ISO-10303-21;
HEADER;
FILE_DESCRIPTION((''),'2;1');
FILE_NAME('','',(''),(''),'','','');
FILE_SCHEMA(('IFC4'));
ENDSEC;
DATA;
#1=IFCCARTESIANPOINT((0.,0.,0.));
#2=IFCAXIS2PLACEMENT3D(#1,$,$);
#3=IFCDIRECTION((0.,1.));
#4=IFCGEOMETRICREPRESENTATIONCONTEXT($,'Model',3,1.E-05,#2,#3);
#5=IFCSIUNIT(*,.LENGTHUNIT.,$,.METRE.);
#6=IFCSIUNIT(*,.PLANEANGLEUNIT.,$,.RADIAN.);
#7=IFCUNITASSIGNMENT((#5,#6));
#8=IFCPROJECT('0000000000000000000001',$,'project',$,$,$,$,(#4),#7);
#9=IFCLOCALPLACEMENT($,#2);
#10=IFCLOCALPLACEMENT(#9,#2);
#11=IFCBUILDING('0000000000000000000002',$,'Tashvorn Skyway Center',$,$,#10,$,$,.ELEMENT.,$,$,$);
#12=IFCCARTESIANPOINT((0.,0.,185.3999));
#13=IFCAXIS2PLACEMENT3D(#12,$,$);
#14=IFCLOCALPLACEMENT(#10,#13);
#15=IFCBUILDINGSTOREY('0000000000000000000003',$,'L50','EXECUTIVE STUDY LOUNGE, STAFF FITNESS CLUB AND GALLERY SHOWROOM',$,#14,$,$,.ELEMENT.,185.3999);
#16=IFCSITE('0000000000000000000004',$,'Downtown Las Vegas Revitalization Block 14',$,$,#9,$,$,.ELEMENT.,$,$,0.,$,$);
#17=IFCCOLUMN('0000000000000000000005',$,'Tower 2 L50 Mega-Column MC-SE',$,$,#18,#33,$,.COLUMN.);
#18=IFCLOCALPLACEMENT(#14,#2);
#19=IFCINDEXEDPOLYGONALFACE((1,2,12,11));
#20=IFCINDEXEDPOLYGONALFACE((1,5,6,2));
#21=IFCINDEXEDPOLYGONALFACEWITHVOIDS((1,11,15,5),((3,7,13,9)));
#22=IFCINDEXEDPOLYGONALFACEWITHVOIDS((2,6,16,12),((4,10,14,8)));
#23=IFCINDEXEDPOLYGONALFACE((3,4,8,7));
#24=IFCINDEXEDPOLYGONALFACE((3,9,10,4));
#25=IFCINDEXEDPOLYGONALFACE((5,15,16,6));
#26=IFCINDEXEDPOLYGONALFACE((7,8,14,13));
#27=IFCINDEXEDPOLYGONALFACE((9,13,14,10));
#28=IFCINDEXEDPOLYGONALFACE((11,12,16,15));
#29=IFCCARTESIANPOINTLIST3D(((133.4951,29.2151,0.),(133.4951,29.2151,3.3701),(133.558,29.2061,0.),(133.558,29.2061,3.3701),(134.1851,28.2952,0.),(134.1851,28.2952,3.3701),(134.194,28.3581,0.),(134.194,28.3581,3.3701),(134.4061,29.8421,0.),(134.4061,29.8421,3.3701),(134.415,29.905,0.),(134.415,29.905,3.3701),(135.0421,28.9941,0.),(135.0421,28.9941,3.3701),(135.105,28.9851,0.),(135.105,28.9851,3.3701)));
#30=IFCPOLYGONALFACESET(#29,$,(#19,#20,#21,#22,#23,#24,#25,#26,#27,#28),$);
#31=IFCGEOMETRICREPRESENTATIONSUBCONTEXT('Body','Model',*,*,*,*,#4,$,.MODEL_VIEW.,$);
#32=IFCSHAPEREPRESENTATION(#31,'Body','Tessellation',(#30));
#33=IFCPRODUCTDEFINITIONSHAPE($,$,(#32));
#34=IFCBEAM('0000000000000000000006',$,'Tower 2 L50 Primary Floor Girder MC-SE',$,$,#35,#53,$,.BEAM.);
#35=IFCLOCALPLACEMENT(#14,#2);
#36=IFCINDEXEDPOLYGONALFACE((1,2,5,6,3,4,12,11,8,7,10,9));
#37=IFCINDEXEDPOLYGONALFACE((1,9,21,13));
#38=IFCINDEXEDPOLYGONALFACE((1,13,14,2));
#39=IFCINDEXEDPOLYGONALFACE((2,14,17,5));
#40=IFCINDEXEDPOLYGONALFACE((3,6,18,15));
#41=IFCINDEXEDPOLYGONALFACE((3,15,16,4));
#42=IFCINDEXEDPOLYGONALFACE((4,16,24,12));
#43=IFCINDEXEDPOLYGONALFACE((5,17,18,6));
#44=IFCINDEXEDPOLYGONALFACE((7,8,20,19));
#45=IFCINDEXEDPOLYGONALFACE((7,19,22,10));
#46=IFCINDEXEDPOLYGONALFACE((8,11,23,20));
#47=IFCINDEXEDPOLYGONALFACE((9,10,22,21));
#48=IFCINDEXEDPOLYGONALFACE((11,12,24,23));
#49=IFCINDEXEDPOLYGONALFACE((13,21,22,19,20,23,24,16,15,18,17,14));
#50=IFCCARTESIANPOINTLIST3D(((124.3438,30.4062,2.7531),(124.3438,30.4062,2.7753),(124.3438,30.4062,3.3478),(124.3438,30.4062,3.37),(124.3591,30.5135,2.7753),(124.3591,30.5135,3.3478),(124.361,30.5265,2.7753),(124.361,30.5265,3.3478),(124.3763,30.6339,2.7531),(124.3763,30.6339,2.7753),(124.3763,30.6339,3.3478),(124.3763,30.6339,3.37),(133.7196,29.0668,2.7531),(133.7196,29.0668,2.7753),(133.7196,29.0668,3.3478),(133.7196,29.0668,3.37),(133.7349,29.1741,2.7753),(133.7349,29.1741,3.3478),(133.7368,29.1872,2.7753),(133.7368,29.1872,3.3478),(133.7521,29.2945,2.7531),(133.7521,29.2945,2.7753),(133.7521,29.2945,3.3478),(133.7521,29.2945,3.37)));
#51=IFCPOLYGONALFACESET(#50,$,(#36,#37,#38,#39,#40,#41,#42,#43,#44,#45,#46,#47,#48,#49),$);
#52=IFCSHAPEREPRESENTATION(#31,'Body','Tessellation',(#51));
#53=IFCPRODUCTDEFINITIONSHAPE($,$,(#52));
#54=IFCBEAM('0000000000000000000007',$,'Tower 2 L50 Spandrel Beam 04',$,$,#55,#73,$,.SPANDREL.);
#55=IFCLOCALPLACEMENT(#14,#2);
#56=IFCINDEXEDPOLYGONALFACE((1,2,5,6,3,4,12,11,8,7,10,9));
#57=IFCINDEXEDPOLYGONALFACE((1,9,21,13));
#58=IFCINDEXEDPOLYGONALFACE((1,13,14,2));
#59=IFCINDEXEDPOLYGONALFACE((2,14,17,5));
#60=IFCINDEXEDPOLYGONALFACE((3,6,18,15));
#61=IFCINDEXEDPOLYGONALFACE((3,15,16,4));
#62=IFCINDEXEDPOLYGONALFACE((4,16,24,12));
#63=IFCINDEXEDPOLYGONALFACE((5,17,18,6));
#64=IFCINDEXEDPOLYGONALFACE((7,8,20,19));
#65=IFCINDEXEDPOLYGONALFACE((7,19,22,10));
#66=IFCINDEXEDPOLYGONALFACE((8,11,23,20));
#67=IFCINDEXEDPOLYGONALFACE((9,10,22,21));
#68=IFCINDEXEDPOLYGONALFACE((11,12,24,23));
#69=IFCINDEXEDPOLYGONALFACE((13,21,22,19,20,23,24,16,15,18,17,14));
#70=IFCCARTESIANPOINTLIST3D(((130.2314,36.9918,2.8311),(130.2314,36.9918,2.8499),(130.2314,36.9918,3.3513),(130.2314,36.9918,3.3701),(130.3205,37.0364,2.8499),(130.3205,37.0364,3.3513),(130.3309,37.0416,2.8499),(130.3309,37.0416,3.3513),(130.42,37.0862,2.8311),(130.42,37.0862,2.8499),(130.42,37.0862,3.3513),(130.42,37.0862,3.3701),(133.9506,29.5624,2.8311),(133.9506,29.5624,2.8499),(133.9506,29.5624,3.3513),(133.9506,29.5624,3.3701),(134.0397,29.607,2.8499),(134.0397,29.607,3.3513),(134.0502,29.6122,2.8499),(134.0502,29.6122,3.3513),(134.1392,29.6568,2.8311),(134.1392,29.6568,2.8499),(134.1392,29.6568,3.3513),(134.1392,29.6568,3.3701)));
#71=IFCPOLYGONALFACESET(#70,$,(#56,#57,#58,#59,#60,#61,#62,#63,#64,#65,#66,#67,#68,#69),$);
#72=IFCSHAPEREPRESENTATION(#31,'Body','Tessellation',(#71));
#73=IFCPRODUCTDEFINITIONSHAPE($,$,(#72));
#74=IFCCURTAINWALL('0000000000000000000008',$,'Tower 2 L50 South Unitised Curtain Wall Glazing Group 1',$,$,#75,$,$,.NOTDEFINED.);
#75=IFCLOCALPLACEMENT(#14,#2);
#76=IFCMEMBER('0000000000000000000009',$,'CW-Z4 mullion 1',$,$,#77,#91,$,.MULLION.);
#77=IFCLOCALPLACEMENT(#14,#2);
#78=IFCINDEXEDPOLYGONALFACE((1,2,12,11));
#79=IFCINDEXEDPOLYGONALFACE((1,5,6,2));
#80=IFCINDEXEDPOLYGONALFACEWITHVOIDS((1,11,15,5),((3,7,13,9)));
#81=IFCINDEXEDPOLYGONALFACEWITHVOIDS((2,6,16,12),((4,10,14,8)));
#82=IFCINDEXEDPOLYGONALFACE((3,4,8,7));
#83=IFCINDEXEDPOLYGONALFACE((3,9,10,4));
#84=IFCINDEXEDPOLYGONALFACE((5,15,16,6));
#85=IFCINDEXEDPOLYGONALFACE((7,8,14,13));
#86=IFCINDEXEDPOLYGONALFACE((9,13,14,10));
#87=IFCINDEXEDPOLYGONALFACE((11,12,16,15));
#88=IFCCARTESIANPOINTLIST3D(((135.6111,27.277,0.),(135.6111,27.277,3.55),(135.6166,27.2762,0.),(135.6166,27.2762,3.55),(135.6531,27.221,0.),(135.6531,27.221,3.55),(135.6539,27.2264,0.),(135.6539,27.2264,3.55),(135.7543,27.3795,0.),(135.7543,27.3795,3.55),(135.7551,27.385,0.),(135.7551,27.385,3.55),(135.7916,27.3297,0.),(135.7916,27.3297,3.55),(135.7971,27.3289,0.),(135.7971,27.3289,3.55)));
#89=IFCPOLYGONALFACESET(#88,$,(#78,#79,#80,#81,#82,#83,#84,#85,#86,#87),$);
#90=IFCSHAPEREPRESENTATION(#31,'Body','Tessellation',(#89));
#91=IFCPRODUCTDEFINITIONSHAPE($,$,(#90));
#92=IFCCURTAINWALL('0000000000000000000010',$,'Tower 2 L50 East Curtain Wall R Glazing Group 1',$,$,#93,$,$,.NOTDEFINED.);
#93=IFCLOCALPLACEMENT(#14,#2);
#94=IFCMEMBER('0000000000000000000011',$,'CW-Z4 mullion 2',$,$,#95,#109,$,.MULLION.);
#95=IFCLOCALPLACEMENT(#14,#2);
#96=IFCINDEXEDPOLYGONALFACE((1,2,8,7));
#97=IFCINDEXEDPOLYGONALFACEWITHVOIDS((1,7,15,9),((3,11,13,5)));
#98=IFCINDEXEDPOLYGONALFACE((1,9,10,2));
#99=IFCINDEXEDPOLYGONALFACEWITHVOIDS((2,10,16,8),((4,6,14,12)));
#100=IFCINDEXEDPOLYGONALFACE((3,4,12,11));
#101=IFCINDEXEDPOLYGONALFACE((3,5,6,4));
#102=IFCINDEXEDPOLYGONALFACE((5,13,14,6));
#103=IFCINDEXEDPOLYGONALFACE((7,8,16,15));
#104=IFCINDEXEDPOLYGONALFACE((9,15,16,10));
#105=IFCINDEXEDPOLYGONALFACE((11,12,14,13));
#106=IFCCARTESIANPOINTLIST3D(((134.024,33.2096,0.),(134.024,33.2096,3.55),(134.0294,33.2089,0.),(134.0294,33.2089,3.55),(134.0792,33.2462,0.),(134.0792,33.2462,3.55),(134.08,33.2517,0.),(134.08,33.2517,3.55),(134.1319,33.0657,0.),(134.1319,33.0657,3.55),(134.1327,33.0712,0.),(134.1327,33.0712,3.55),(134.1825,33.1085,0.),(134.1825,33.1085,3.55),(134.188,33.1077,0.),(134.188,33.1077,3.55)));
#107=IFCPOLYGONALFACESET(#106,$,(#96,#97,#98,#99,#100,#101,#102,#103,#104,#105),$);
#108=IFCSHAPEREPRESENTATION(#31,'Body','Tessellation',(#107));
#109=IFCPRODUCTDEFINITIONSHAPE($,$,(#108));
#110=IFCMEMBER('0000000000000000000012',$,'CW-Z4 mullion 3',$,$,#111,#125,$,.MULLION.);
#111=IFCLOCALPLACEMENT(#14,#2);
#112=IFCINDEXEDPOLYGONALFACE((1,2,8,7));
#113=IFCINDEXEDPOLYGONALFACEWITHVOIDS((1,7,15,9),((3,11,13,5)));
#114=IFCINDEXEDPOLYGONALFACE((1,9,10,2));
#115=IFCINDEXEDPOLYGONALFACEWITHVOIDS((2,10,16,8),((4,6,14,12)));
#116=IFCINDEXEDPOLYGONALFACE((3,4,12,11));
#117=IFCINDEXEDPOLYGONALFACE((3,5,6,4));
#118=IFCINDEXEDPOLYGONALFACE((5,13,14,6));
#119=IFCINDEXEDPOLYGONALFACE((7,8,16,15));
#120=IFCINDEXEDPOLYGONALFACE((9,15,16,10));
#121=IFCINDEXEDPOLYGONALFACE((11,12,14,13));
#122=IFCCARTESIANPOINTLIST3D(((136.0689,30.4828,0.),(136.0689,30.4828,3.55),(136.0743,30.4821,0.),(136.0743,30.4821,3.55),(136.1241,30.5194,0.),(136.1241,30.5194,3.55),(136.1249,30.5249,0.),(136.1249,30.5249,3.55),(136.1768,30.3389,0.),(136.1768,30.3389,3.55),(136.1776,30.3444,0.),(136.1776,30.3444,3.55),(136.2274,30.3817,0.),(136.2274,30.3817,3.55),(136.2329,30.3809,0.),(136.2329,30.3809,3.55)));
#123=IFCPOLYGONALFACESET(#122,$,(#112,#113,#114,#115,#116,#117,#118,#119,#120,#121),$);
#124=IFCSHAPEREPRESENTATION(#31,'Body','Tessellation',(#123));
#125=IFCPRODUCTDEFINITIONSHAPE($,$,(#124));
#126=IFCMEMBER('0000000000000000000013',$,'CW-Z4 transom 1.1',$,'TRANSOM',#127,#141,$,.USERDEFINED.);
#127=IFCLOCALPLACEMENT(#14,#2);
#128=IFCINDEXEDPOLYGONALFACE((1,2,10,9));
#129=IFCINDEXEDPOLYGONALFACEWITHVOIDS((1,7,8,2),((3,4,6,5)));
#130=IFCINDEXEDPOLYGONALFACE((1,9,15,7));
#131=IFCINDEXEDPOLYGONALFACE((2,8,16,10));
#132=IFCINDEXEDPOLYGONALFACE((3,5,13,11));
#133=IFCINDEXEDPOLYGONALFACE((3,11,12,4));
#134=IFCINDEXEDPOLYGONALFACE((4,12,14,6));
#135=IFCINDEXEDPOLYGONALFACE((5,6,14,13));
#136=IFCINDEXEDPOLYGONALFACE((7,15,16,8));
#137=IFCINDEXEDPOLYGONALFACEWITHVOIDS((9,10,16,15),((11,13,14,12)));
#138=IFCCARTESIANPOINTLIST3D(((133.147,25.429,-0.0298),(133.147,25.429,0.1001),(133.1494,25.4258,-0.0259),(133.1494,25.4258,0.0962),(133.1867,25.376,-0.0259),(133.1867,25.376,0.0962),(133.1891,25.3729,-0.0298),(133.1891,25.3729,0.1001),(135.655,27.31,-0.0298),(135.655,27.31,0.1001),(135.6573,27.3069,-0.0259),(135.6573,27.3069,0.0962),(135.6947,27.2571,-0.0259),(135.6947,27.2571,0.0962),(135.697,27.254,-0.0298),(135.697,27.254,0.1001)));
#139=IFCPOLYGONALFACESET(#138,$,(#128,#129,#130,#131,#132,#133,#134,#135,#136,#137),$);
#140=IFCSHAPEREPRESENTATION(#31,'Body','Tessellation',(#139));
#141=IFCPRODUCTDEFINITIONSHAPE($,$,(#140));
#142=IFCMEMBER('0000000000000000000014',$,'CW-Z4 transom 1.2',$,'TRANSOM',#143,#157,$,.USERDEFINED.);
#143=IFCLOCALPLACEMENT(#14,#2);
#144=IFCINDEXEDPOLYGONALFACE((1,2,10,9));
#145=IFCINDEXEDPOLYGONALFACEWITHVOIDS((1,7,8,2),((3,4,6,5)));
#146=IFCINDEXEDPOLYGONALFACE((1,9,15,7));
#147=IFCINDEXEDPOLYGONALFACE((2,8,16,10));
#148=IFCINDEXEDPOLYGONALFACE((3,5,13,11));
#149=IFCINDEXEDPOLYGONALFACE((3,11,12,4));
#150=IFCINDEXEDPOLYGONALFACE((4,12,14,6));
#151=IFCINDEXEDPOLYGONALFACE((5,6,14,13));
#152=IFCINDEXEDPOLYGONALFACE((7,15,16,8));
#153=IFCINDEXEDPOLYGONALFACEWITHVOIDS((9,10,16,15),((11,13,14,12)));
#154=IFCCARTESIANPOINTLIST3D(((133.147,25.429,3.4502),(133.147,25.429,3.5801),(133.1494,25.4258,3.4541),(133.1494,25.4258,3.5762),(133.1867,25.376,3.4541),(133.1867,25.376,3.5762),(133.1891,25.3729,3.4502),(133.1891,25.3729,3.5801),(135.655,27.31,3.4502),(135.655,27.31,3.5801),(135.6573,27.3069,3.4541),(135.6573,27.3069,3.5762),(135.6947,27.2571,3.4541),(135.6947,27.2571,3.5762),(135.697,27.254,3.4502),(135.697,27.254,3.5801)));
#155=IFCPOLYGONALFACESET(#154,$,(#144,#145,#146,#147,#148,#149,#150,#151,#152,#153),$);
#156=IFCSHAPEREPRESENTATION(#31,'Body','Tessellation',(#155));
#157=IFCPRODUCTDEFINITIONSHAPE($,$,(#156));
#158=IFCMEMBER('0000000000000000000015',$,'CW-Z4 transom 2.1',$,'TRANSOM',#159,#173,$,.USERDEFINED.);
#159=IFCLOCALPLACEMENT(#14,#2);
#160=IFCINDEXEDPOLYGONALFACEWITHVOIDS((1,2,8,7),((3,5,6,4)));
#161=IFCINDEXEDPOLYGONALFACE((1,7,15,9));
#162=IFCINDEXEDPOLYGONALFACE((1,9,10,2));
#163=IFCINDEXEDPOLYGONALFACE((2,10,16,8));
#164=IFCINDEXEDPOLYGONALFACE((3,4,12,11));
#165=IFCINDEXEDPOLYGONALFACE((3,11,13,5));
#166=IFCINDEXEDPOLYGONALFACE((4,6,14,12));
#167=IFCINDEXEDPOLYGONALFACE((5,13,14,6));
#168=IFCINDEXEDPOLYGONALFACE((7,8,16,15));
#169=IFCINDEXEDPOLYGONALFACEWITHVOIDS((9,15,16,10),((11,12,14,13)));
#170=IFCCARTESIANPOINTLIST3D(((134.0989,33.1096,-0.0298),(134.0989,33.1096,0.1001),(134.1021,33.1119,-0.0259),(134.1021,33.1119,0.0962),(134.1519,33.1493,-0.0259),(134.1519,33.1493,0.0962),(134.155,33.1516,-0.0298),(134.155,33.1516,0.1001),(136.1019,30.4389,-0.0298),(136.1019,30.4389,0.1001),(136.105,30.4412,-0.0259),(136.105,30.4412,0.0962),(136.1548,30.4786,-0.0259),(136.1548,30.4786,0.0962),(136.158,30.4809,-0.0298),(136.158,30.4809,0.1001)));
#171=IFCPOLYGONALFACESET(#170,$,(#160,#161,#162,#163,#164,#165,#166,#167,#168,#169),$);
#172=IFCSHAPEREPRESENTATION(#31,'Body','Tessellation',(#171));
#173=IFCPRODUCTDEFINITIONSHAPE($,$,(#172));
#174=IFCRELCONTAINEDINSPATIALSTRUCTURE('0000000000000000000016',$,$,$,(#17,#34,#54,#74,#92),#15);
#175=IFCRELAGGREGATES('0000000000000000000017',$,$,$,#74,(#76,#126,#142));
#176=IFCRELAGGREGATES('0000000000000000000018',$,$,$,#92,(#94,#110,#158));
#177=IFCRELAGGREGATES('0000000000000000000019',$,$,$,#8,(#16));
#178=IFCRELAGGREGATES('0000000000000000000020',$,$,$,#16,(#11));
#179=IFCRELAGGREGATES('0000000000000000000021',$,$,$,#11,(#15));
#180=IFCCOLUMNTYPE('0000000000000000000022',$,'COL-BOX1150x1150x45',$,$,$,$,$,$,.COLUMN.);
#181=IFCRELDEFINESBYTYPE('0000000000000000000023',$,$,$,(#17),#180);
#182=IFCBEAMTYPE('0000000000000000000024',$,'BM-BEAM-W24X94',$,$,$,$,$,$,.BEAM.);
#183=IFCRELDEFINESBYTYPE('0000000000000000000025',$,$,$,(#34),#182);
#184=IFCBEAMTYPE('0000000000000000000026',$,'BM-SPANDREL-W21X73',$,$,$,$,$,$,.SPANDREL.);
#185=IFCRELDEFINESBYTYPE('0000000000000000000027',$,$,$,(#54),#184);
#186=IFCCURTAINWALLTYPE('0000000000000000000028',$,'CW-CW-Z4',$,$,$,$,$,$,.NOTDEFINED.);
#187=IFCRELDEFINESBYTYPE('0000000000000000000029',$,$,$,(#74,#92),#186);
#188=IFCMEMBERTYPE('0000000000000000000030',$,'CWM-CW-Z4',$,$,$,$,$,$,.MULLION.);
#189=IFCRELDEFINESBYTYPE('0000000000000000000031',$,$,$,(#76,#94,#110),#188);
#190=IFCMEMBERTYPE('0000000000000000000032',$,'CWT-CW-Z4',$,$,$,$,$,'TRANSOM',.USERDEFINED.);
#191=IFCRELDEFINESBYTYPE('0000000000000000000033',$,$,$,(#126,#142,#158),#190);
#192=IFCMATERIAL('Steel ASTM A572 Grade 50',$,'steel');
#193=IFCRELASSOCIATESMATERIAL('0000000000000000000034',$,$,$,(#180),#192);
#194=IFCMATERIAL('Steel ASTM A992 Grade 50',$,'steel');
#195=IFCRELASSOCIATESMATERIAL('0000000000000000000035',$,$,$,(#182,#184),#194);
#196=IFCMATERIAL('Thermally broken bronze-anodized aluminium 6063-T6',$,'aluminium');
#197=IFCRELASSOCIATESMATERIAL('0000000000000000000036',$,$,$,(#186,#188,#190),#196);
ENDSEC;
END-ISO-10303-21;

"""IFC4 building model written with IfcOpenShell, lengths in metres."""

from ifc_helpers import new_model, si_unit, direction, frame, origin, origin_2d, place, context, subcontext, project, spatial, hollow_rectangle, i_section, extrude, material, material_profile, profile_set, type_object, element, aggregate, save


model = new_model("IFC4")

# Units and contexts
model_context = context("Model", 3, precision=1e-05, world=origin(), true_north=direction((0.0, 1.0)))
body_context = subcontext(model_context, "Body", "Model", "MODEL_VIEW")
ifc_project = project(units=[si_unit("LENGTHUNIT", "METRE"), si_unit("PLANEANGLEUNIT", "RADIAN")], contexts=[model_context])

# Site, building, storey
site_placement = place(None, origin())
site = spatial("IfcSite", under=ifc_project, at=site_placement, Name="Downtown Las Vegas Revitalization Block 14", CompositionType="ELEMENT", RefElevation=0.0)
building_placement = place(site_placement, origin())
building = spatial("IfcBuilding", under=site, at=building_placement, Name="Tashvorn Skyway Center", CompositionType="ELEMENT")
storey_placement = place(building_placement, frame((0.0, 0.0, 185.3999)))
storey = spatial("IfcBuildingStorey", under=building, at=storey_placement, Name="L50", Description="EXECUTIVE STUDY LOUNGE, STAFF FITNESS CLUB AND GALLERY SHOWROOM", CompositionType="ELEMENT", Elevation=185.3999)

# Column
ifc_material_1 = material(Name="Steel ASTM A572 Grade 50", Category="steel")
ifc_material_profile_1 = material_profile(ifc_material_1, hollow_rectangle(XDim=1.1499, YDim=1.1499, WallThickness=0.0449, at=origin_2d()), Name="BOX1150x1150x45")
ifc_profile_set_1 = profile_set([ifc_material_profile_1], Name="Steel ASTM A572 Grade 50")
column_type = type_object("IfcColumnType", Name="COL-BOX1150x1150x45", PredefinedType="COLUMN", material=ifc_profile_set_1)
column_placement = place(storey_placement, frame((134.3, 29.1001, 0.0), z_axis=(0.0, 0.0, 1.0), x_axis=(0.8, 0.6, 0.0)))
element("IfcColumn", 1, at=column_placement, inside=storey, type_object=column_type, Name="Tower 2 L50 Mega-Column MC-SE", PredefinedType="COLUMN", context=body_context, shape_type="SweptSolid", body=[
    extrude(hollow_rectangle(XDim=1.1499, YDim=1.1499, WallThickness=0.0449, at=origin_2d()), origin(), (0.0, 0.0, 1.0), 3.3701),
])

# Beams
ifc_material_2 = material(Name="Steel ASTM A992 Grade 50", Category="steel")
ifc_material_profile_2 = material_profile(ifc_material_2, i_section(OverallWidth=0.23, OverallDepth=0.6169, WebThickness=0.0132, FlangeThickness=0.0222, at=origin_2d()), Name="W24X94")
ifc_profile_set_2 = profile_set([ifc_material_profile_2], Name="Steel ASTM A992 Grade 50")
beam_type_1 = type_object("IfcBeamType", Name="BM-BEAM-W24X94", PredefinedType="BEAM", material=ifc_profile_set_2)
beam_1_placement = place(storey_placement, frame((133.7358, 29.1807, 3.0615), z_axis=(-0.98995, 0.141418, 0.0), x_axis=(-0.141418, -0.98995, 0.0)))
element("IfcBeam", 2, at=beam_1_placement, inside=storey, type_object=beam_type_1, Name="Tower 2 L50 Primary Floor Girder MC-SE", PredefinedType="BEAM", context=body_context, shape_type="SweptSolid", body=[
    extrude(i_section(OverallWidth=0.23, OverallDepth=0.6169, WebThickness=0.0132, FlangeThickness=0.0222, at=origin_2d()), origin(), (0.0, 0.0, 1.0), 9.4709),
])
ifc_material_profile_3 = material_profile(ifc_material_2, i_section(OverallWidth=0.2109, OverallDepth=0.5391, WebThickness=0.0117, FlangeThickness=0.0188, at=origin_2d()), Name="W21X73")
ifc_profile_set_3 = profile_set([ifc_material_profile_3], Name="Steel ASTM A992 Grade 50")
beam_type_2 = type_object("IfcBeamType", Name="BM-SPANDREL-W21X73", PredefinedType="SPANDREL", material=ifc_profile_set_3)
beam_2_placement = place(storey_placement, frame((134.0449, 29.6096, 3.1006), z_axis=(-0.447648, 0.89421, 0.0), x_axis=(-0.89421, -0.447648, 0.0)))
element("IfcBeam", 3, at=beam_2_placement, inside=storey, type_object=beam_type_2, Name="Tower 2 L50 Spandrel Beam 04", PredefinedType="SPANDREL", context=body_context, shape_type="SweptSolid", body=[
    extrude(i_section(OverallWidth=0.2109, OverallDepth=0.5391, WebThickness=0.0117, FlangeThickness=0.0188, at=origin_2d()), origin(), (0.0, 0.0, 1.0), 8.3083),
])

# Curtain wall, member
ifc_material_3 = material(Name="Thermally broken bronze-anodized aluminium 6063-T6", Category="aluminium")
curtain_wall_type = type_object("IfcCurtainWallType", Name="CW-CW-Z4", PredefinedType="NOTDEFINED", material=ifc_material_3)
curtain_wall_1_placement = place(storey_placement, origin())
curtain_wall_1 = element("IfcCurtainWall", 4, at=curtain_wall_1_placement, inside=storey, type_object=curtain_wall_type, Name="Tower 2 L50 South Unitised Curtain Wall Glazing Group 1", PredefinedType="NOTDEFINED")
ifc_material_profile_4 = material_profile(ifc_material_3, hollow_rectangle(XDim=0.0701, YDim=0.1799, WallThickness=0.0039, at=origin_2d()), Name="ALU-MULL-70x180")
ifc_profile_set_4 = profile_set([ifc_material_profile_4], Name="Thermally broken bronze-anodized aluminium 6063-T6")
member_type_1 = type_object("IfcMemberType", Name="CWM-CW-Z4", PredefinedType="MULLION", material=ifc_profile_set_4)
member_1_placement = place(storey_placement, frame((135.7041, 27.303, 0.0), z_axis=(0.0, 0.0, 1.0), x_axis=(0.6, -0.8, 0.0)))
member_1 = element("IfcMember", 5, at=member_1_placement, type_object=member_type_1, Name="CW-Z4 mullion 1", PredefinedType="MULLION", context=body_context, shape_type="SweptSolid", body=[
    extrude(hollow_rectangle(XDim=0.0701, YDim=0.1799, WallThickness=0.0039, at=origin_2d()), origin(), (0.0, 0.0, 1.0), 3.55),
])

# Curtain wall, members
curtain_wall_2_placement = place(storey_placement, origin())
curtain_wall_2 = element("IfcCurtainWall", 6, at=curtain_wall_2_placement, inside=storey, type_object=curtain_wall_type, Name="Tower 2 L50 East Curtain Wall R Glazing Group 1", PredefinedType="NOTDEFINED")
member_2_placement = place(storey_placement, frame((134.106, 33.1587, 0.0), z_axis=(0.0, 0.0, 1.0), x_axis=(0.799998, 0.600002, 0.0)))
member_2 = element("IfcMember", 7, at=member_2_placement, type_object=member_type_1, Name="CW-Z4 mullion 2", PredefinedType="MULLION", context=body_context, shape_type="SweptSolid", body=[
    extrude(hollow_rectangle(XDim=0.0701, YDim=0.1799, WallThickness=0.0039, at=origin_2d()), origin(), (0.0, 0.0, 1.0), 3.55),
])
member_3_placement = place(storey_placement, frame((136.1509, 30.4319, 0.0), z_axis=(0.0, 0.0, 1.0), x_axis=(0.799998, 0.600002, 0.0)))
member_3 = element("IfcMember", 8, at=member_3_placement, type_object=member_type_1, Name="CW-Z4 mullion 3", PredefinedType="MULLION", context=body_context, shape_type="SweptSolid", body=[
    extrude(hollow_rectangle(XDim=0.0701, YDim=0.1799, WallThickness=0.0039, at=origin_2d()), origin(), (0.0, 0.0, 1.0), 3.55),
])

# Members
ifc_material_profile_5 = material_profile(ifc_material_3, hollow_rectangle(XDim=0.0701, YDim=0.1299, WallThickness=0.0039, at=origin_2d()), Name="ALU-TRAN-70x130")
ifc_profile_set_5 = profile_set([ifc_material_profile_5], Name="Thermally broken bronze-anodized aluminium 6063-T6")
member_type_2 = type_object("IfcMemberType", Name="CWT-CW-Z4", ElementType="TRANSOM", PredefinedType="USERDEFINED", material=ifc_profile_set_5)
member_4_placement = place(storey_placement, frame((135.676, 27.282, 0.0352), z_axis=(-0.799991, -0.600012, 0.0), x_axis=(0.600012, -0.799991, 0.0)))
member_4 = element("IfcMember", 9, at=member_4_placement, type_object=member_type_2, Name="CW-Z4 transom 1.1", ObjectType="TRANSOM", PredefinedType="USERDEFINED", context=body_context, shape_type="SweptSolid", body=[
    extrude(hollow_rectangle(XDim=0.0701, YDim=0.1299, WallThickness=0.0039, at=origin_2d()), origin(), (0.0, 0.0, 1.0), 3.135),
])
member_5_placement = place(storey_placement, frame((135.676, 27.282, 3.5151), z_axis=(-0.799991, -0.600012, 0.0), x_axis=(0.600012, -0.799991, 0.0)))
member_5 = element("IfcMember", 10, at=member_5_placement, type_object=member_type_2, Name="CW-Z4 transom 1.2", ObjectType="TRANSOM", PredefinedType="USERDEFINED", context=body_context, shape_type="SweptSolid", body=[
    extrude(hollow_rectangle(XDim=0.0701, YDim=0.1299, WallThickness=0.0039, at=origin_2d()), origin(), (0.0, 0.0, 1.0), 3.135),
])
member_6_placement = place(storey_placement, frame((134.127, 33.1306, 0.0352), z_axis=(0.599988, -0.800009, 0.0), x_axis=(0.800009, 0.599988, 0.0)))
member_6 = element("IfcMember", 11, at=member_6_placement, type_object=member_type_2, Name="CW-Z4 transom 2.1", ObjectType="TRANSOM", PredefinedType="USERDEFINED", context=body_context, shape_type="SweptSolid", body=[
    extrude(hollow_rectangle(XDim=0.0701, YDim=0.1299, WallThickness=0.0039, at=origin_2d()), origin(), (0.0, 0.0, 1.0), 3.3384),
])

aggregate(curtain_wall_1, [member_1, member_4, member_5])
aggregate(curtain_wall_2, [member_2, member_3, member_6])

save(model, "model.ifc")
